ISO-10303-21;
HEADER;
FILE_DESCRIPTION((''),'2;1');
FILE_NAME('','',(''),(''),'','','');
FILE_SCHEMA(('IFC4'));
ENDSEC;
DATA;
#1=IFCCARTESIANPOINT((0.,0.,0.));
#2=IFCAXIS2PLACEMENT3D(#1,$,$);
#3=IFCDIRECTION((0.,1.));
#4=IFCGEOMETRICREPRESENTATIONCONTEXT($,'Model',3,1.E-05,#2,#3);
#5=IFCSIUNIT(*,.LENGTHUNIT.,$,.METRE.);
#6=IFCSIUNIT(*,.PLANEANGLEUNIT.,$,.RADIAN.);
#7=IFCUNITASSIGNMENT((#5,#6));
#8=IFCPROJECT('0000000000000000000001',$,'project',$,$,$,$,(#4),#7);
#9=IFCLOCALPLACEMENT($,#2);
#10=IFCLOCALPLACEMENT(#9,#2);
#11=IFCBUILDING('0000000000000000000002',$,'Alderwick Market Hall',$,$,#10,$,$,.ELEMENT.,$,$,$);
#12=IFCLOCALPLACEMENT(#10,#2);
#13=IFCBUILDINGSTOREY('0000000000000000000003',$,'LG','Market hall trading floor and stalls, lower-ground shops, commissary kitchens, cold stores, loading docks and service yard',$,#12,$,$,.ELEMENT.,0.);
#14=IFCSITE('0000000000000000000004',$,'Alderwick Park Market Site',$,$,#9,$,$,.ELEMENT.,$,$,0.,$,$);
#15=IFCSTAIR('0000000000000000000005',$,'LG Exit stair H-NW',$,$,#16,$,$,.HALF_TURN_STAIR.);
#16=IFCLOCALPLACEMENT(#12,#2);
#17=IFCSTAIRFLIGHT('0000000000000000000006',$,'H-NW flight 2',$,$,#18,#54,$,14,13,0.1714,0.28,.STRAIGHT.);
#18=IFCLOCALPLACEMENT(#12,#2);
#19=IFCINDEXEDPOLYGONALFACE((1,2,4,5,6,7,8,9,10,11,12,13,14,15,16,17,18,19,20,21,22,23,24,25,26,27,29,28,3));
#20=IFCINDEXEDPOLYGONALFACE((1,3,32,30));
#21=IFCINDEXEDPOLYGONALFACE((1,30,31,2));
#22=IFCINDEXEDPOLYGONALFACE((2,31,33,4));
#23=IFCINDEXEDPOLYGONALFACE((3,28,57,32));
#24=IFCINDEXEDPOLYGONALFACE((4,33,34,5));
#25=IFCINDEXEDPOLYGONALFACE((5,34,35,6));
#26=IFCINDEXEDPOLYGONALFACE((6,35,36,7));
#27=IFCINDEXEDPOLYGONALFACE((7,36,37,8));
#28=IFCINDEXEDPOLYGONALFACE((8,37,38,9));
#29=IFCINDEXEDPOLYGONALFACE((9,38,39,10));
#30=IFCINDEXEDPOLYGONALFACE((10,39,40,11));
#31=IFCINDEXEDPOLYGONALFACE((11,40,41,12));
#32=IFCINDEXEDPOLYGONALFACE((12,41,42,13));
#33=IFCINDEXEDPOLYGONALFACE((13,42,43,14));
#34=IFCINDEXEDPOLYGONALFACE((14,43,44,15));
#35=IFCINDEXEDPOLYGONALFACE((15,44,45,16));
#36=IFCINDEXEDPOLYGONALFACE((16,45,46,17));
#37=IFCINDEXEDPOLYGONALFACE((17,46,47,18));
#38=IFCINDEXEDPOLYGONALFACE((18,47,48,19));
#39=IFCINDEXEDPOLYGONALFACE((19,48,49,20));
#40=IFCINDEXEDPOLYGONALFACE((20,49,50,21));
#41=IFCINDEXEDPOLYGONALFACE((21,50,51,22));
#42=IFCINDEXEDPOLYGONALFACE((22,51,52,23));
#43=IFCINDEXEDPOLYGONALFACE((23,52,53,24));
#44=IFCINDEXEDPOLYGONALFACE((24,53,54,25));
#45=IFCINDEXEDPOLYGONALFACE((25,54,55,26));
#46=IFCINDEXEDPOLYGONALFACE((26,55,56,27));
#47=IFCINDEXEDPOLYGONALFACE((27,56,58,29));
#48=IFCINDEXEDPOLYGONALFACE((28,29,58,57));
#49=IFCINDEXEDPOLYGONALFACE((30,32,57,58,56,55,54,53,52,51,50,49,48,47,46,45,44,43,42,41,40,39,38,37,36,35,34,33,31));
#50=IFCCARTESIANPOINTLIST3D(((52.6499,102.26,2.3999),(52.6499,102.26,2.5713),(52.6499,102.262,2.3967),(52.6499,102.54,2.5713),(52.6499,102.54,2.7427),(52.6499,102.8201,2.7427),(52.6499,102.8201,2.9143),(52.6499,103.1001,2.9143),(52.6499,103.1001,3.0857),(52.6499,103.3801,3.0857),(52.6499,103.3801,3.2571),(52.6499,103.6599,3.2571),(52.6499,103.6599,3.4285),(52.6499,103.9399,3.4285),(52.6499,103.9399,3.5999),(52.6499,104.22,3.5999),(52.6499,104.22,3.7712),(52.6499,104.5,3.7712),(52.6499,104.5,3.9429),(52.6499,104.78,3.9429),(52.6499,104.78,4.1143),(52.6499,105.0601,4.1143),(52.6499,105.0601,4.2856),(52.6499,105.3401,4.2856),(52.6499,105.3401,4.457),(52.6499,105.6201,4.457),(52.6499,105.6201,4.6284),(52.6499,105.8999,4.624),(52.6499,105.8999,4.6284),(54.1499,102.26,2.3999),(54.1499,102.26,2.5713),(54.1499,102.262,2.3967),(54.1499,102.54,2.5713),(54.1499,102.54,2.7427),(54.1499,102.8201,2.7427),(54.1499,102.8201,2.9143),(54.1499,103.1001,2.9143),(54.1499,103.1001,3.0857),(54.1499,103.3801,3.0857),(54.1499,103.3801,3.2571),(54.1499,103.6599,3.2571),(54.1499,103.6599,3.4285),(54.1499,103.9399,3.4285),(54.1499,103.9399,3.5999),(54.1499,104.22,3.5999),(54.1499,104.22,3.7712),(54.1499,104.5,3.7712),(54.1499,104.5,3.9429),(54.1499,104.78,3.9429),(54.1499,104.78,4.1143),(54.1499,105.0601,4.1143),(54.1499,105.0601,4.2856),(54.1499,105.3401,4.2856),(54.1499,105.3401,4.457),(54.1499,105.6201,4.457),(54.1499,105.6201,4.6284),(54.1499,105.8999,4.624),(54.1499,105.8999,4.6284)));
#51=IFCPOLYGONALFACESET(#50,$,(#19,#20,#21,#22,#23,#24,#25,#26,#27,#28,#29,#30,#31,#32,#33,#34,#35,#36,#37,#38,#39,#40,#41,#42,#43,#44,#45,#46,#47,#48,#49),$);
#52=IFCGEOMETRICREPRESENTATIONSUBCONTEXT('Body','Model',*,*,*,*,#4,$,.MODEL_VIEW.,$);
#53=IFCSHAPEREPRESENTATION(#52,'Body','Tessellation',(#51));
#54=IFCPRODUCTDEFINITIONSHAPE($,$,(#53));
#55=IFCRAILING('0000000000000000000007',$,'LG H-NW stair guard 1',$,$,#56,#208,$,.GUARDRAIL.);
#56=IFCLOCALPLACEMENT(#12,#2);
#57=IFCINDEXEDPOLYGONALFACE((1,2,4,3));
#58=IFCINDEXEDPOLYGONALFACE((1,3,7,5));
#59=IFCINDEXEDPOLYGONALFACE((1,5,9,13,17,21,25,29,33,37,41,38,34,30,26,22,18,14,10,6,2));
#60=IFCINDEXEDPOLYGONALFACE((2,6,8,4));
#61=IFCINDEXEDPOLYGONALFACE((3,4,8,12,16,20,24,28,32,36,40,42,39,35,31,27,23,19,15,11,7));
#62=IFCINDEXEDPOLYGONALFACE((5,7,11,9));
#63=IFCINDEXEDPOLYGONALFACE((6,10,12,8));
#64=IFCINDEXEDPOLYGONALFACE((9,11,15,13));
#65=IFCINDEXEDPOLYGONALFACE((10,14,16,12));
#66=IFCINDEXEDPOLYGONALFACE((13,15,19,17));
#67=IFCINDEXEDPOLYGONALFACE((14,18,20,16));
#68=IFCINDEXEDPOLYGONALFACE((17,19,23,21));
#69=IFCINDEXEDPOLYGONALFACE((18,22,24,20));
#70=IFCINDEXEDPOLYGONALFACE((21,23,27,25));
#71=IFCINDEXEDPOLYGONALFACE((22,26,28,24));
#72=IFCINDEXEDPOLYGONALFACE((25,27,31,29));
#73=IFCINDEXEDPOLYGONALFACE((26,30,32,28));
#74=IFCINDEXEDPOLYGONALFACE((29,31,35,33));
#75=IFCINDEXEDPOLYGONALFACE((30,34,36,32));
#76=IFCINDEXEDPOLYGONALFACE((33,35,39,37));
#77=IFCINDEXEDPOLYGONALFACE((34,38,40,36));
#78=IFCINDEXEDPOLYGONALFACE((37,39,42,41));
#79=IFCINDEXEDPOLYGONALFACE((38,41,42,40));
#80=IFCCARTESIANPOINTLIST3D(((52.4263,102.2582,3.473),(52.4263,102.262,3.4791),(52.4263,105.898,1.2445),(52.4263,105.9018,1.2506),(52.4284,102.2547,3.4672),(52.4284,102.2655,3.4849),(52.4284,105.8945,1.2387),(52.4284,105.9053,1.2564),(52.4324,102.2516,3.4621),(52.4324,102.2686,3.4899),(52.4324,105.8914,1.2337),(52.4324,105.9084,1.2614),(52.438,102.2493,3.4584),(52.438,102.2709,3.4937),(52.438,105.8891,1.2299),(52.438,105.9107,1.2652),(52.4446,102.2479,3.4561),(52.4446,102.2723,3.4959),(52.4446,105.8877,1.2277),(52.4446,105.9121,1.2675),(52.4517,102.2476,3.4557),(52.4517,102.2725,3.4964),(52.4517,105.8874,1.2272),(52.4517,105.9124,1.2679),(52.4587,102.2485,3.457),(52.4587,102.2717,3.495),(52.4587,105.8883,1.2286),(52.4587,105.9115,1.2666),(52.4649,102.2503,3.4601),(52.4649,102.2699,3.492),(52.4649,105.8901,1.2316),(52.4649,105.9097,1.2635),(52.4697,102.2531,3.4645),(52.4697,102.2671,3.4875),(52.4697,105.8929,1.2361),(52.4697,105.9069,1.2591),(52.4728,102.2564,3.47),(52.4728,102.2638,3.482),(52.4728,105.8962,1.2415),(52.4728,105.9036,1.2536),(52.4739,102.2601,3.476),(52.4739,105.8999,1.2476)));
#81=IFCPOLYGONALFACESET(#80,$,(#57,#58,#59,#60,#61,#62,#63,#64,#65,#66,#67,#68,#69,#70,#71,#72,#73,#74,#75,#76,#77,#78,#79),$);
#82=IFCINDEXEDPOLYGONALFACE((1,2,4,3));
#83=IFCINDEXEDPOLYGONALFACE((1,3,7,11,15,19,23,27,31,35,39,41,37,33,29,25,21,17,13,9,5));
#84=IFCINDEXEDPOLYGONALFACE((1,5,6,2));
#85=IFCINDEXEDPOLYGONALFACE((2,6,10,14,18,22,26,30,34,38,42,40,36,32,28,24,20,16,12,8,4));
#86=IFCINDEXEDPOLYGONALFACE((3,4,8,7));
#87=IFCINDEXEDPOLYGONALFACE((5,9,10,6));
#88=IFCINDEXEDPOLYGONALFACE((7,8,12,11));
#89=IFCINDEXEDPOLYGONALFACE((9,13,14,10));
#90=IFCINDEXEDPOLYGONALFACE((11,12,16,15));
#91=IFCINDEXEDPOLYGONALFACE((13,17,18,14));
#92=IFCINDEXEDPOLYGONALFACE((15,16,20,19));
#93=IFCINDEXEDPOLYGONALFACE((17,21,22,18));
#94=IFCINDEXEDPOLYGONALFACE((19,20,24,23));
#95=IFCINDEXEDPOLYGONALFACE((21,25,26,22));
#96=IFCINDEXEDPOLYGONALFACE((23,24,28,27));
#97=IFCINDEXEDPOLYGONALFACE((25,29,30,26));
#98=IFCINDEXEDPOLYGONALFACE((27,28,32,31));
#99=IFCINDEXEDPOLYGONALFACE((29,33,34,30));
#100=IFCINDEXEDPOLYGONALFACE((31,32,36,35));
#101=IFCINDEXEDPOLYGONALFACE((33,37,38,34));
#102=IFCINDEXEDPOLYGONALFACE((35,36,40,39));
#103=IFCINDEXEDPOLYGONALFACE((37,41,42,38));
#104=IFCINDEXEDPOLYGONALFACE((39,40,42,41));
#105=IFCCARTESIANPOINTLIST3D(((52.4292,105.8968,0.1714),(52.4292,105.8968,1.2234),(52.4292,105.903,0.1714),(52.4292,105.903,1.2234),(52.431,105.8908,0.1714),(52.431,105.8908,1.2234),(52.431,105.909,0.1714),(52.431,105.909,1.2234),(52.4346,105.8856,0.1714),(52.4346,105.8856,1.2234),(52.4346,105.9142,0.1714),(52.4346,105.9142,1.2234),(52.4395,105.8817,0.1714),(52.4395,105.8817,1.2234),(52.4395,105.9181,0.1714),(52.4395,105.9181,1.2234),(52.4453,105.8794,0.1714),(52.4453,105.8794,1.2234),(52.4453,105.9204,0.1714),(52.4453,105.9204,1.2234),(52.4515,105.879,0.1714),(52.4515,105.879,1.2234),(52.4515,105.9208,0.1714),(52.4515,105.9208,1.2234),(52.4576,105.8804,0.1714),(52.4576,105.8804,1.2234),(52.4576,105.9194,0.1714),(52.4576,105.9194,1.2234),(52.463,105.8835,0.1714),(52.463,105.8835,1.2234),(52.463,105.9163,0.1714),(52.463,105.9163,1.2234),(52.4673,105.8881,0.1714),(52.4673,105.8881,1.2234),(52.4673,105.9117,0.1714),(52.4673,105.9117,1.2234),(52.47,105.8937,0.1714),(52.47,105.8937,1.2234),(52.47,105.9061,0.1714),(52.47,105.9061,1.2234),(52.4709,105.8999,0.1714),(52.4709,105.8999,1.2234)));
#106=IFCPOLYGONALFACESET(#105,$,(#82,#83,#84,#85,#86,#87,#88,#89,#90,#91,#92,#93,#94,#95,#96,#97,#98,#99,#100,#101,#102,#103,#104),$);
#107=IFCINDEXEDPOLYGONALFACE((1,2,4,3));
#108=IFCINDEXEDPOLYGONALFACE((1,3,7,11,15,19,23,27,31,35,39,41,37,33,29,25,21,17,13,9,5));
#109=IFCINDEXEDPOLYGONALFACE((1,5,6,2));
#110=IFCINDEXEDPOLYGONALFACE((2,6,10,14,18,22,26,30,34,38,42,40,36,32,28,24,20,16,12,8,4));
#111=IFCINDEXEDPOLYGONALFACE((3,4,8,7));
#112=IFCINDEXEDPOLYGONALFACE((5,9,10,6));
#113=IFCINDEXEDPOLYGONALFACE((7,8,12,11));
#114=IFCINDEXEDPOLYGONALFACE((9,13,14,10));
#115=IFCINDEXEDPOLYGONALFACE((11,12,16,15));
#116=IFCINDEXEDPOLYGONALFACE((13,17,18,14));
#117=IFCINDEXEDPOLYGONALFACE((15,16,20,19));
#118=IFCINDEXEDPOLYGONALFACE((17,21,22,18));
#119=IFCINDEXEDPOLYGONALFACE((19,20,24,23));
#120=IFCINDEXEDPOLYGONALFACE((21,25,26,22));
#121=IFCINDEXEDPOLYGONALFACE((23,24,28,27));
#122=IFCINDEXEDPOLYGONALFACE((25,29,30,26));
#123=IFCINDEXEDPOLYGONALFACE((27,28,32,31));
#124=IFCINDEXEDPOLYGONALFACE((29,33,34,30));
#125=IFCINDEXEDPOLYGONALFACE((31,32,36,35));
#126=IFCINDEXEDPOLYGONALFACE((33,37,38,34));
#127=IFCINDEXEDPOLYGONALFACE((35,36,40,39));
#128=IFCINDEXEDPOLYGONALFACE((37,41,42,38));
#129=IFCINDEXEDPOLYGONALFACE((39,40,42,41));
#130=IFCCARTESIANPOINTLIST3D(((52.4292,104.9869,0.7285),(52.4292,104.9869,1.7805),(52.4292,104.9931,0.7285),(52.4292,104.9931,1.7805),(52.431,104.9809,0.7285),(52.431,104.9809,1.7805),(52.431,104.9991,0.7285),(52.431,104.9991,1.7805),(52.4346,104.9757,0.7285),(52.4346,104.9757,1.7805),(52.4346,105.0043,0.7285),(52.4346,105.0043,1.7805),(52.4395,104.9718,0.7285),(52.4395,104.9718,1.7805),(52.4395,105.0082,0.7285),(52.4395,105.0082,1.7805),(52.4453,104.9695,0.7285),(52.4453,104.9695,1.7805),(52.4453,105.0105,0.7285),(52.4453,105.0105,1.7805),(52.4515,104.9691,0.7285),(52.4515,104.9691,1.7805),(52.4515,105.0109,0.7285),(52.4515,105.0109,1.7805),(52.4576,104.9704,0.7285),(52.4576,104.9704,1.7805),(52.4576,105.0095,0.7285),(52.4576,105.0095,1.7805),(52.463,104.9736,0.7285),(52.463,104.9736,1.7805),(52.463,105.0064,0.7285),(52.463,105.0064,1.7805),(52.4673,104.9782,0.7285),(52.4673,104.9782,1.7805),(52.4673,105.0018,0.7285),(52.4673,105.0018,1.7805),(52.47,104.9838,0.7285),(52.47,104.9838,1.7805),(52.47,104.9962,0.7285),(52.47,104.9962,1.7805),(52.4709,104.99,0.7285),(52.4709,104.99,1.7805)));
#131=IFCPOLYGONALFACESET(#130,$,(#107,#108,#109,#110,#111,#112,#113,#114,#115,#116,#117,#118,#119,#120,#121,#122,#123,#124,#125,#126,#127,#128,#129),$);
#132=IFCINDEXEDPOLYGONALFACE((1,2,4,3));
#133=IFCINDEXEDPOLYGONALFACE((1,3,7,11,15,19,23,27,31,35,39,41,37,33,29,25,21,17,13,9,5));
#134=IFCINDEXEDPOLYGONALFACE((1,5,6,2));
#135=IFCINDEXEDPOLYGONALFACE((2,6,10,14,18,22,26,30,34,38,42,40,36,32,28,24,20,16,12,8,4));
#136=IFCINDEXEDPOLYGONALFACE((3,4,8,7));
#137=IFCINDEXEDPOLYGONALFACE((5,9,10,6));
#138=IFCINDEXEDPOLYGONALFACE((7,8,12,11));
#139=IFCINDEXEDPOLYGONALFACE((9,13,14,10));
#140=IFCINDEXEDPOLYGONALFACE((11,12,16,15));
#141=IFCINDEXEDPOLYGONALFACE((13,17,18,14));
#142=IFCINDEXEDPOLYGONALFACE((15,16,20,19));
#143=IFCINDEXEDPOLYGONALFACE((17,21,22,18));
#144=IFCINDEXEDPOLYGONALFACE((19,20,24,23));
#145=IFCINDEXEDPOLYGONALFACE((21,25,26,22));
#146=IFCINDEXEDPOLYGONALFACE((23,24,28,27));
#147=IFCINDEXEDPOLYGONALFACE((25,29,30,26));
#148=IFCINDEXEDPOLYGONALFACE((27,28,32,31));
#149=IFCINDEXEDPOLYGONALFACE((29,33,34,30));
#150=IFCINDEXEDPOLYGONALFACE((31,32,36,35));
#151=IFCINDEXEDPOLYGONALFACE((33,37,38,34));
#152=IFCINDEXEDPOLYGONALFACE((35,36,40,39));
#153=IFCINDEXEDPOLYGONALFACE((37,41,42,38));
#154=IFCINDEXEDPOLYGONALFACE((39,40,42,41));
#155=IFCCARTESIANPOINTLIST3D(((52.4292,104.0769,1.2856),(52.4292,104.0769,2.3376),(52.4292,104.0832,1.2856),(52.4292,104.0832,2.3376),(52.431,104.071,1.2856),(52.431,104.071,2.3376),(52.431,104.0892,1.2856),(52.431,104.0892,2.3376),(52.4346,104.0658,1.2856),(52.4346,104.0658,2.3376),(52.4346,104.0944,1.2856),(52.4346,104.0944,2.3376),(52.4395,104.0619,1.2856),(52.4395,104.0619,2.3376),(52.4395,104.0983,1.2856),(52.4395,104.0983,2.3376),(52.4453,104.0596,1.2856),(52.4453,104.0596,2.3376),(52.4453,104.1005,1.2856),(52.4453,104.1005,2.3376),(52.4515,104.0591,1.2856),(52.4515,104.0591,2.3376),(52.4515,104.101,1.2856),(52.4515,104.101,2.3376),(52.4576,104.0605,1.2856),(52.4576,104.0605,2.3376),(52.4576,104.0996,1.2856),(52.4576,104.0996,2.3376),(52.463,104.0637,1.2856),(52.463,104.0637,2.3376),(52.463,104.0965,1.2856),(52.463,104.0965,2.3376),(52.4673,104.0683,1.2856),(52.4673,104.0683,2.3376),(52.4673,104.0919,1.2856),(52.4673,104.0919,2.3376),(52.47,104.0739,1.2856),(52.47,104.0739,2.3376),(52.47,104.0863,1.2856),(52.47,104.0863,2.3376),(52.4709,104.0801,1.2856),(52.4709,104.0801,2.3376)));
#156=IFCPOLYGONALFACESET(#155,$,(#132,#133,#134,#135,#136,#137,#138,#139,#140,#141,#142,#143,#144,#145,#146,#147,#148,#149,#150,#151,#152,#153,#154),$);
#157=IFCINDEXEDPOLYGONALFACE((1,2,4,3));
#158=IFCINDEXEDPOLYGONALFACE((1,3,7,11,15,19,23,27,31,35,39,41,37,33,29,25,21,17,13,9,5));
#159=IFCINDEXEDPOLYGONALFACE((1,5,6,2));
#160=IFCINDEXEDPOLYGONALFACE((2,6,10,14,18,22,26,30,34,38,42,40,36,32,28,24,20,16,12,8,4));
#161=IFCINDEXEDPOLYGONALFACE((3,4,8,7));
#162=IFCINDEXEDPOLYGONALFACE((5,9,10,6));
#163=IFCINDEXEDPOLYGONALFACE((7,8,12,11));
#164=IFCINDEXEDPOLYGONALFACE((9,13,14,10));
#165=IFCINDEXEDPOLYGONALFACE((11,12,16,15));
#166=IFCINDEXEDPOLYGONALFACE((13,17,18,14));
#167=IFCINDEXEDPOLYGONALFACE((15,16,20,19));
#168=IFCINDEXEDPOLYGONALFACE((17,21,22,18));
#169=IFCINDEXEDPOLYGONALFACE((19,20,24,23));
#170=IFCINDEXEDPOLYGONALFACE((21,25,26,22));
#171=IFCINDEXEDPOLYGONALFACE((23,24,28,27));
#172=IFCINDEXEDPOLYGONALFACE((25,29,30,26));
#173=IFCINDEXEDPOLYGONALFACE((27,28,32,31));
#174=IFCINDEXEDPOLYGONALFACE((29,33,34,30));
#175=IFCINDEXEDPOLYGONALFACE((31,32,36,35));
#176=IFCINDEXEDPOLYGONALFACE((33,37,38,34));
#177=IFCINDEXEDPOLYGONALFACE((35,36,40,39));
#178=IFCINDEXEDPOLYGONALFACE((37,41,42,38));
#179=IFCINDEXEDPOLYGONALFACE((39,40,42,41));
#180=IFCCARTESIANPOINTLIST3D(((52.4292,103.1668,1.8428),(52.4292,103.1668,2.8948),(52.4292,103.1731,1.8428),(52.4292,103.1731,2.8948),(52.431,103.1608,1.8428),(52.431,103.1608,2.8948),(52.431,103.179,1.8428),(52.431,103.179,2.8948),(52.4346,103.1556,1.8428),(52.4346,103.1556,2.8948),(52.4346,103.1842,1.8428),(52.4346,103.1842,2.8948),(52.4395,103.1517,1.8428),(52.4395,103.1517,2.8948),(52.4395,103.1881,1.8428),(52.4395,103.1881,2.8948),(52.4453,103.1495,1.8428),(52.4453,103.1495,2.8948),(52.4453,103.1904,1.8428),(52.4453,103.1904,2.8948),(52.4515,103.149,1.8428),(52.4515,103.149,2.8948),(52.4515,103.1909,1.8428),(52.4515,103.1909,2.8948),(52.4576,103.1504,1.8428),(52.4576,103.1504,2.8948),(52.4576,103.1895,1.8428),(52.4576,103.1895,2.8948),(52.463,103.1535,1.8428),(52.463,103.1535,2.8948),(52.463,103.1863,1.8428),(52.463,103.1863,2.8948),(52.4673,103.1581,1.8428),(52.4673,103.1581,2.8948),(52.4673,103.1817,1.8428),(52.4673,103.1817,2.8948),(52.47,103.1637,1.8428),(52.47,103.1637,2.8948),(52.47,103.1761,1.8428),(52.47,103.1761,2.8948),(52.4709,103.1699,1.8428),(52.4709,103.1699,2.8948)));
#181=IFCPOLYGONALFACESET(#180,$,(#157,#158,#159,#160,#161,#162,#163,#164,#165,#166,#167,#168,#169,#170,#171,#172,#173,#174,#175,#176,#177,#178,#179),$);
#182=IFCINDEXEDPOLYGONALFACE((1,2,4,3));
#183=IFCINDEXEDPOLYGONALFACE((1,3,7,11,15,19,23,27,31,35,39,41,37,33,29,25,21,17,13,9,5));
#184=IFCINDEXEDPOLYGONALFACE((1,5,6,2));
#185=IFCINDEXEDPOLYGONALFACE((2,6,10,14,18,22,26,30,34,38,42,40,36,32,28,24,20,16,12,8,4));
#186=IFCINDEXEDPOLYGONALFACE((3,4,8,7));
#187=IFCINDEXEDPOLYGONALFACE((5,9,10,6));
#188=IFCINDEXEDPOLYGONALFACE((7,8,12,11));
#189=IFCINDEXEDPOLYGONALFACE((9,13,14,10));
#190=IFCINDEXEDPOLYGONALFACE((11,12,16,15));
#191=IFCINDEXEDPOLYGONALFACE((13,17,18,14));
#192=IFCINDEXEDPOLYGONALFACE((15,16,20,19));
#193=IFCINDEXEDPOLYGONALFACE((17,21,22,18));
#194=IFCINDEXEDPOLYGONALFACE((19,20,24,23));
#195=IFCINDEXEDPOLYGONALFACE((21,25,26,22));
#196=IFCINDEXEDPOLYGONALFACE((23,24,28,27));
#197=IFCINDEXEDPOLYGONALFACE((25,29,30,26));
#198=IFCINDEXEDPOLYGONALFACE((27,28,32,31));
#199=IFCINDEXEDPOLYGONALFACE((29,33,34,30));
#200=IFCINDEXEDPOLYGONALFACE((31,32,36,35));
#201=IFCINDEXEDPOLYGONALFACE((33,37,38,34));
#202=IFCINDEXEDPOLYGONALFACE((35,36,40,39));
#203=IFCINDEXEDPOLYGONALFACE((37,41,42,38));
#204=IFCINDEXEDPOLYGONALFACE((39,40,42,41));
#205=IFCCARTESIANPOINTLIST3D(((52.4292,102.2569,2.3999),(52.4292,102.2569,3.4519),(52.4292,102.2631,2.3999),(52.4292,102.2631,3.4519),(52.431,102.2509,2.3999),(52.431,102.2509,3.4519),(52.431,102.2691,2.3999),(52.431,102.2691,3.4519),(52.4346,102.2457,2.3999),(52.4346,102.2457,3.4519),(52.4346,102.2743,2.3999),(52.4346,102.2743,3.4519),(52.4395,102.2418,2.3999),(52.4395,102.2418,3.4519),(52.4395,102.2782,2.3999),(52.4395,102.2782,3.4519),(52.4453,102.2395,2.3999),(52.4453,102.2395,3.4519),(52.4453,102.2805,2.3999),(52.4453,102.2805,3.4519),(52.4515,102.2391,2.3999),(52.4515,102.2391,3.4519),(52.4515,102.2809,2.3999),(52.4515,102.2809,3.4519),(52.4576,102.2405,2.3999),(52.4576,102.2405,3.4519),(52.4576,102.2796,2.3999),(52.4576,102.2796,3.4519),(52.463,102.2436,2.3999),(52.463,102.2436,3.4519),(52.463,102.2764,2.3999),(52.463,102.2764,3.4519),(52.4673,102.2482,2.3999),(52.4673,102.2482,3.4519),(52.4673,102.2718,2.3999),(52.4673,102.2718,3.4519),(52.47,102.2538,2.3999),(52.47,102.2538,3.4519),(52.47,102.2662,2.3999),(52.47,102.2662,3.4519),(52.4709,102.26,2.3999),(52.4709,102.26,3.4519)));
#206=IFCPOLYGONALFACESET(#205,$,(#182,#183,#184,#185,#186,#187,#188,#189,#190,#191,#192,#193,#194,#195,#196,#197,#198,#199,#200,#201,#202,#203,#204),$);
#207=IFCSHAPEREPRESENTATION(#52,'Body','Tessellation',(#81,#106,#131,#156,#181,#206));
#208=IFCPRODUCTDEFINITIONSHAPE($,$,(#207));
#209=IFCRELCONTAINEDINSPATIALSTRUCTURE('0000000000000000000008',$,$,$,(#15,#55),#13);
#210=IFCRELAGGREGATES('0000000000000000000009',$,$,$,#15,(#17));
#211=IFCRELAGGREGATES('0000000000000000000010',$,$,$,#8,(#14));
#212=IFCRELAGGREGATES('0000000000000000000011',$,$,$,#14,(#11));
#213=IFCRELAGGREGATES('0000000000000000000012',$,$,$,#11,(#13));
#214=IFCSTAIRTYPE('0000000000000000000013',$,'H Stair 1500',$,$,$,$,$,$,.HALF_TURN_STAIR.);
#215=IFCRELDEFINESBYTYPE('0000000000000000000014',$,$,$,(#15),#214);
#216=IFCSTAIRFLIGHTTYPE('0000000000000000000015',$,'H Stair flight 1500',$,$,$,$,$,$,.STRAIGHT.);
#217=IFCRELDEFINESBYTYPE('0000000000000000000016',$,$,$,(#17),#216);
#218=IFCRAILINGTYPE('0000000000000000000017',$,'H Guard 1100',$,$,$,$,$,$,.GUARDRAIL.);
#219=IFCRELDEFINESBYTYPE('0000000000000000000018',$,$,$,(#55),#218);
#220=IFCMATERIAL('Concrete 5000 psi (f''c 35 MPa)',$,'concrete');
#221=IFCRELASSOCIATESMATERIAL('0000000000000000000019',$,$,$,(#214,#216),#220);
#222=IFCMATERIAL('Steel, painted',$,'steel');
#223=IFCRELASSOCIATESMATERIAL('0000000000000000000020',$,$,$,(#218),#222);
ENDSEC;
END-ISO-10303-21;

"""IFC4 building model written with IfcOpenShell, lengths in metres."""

from ifc_helpers import new_model, si_unit, direction, frame, origin, origin_2d, place, context, subcontext, project, spatial, polyline, circle, outline, extrude, material, type_object, element, aggregate, save


model = new_model("IFC4")

# Units and contexts
model_context = context("Model", 3, precision=1e-05, world=origin(), true_north=direction((0.0, 1.0)))
body_context = subcontext(model_context, "Body", "Model", "MODEL_VIEW")
ifc_project = project(units=[si_unit("LENGTHUNIT", "METRE"), si_unit("PLANEANGLEUNIT", "RADIAN")], contexts=[model_context])

# Site, building, storey
site_placement = place(None, origin())
site = spatial("IfcSite", under=ifc_project, at=site_placement, Name="Alderwick Park Market Site", CompositionType="ELEMENT", RefElevation=0.0)
building_placement = place(site_placement, origin())
building = spatial("IfcBuilding", under=site, at=building_placement, Name="Alderwick Market Hall", CompositionType="ELEMENT")
storey_placement = place(building_placement, origin())
storey = spatial("IfcBuildingStorey", under=building, at=storey_placement, Name="LG", Description="Market hall trading floor and stalls, lower-ground shops, commissary kitchens, cold stores, loading docks and service yard", CompositionType="ELEMENT", Elevation=0.0)

# Shared definitions
ifc_material_1 = material(Name="Concrete 5000 psi (f'c 35 MPa)", Category="concrete")

# Stair, stair flight
stair_type = type_object("IfcStairType", Name="H Stair 1500", PredefinedType="HALF_TURN_STAIR", material=ifc_material_1)
stair_placement = place(storey_placement, origin())
stair = element("IfcStair", 1, at=stair_placement, inside=storey, type_object=stair_type, Name="LG Exit stair H-NW", PredefinedType="HALF_TURN_STAIR")
stair_flight_type = type_object("IfcStairFlightType", Name="H Stair flight 1500", PredefinedType="STRAIGHT", material=ifc_material_1)
stair_flight_1_placement = place(storey_placement, frame((53.3999, 102.26, 2.3999), z_axis=(0.0, 0.0, 1.0), x_axis=(0.0, 1.0, 0.0)))
stair_flight_1 = element("IfcStairFlight", 2, at=stair_flight_1_placement, type_object=stair_flight_type, Name="H-NW flight 2", NumberOfRisers=14, NumberOfTreads=13, PredefinedType="STRAIGHT", RiserHeight=0.1714, TreadLength=0.28, context=body_context, shape_type="SweptSolid", body=[
    extrude(outline(polyline([(0.002, -0.0032), (0.0, 0.0), (0.0, 0.1714), (0.28, 0.1714), (0.28, 0.3428), (0.5601, 0.3428), (0.5601, 0.5144), (0.8401, 0.5144), (0.8401, 0.6858), (1.1201, 0.6858), (1.1201, 0.8572), (1.3999, 0.8572), (1.3999, 1.0286), (1.6799, 1.0286), (1.6799, 1.2), (1.96, 1.2), (1.96, 1.3713), (2.24, 1.3713), (2.24, 1.543), (2.52, 1.543), (2.52, 1.7144), (2.8, 1.7144), (2.8, 1.8857), (3.0801, 1.8857), (3.0801, 2.0571), (3.3601, 2.0571), (3.3601, 2.2285), (3.6399, 2.2285), (3.6399, 2.2241), (0.002, -0.0032)])), frame((0.0, 0.75, 0.0), z_axis=(0.0, -1.0, 0.0), x_axis=(1.0, 0.0, 0.0)), (0.0, 0.0, 1.0), 1.5),
])
aggregate(stair, [stair_flight_1])

# Railing
ifc_material_2 = material(Name="Steel, painted", Category="steel")
railing_type_1 = type_object("IfcRailingType", Name="H Guard 1100", PredefinedType="GUARDRAIL", material=ifc_material_2)
railing_1_placement = place(storey_placement, frame((52.45, 105.8999, 0.1714)))
element("IfcRailing", 3, at=railing_1_placement, inside=storey, type_object=railing_type_1, Name="LG H-NW stair guard 1", PredefinedType="GUARDRAIL", context=body_context, shape_type="SweptSolid", body=[
    extrude(circle(Radius=0.0239, at=origin_2d()), frame((0.0, 0.0, 1.0762), z_axis=(0.0, -0.85285, 0.522156), x_axis=(1.0, 0.0, 0.0)), (0.0, 0.0, 1.0), 4.2678),
    extrude(circle(Radius=0.021, at=origin_2d()), origin(), (0.0, 0.0, 1.0), 1.052),
    extrude(circle(Radius=0.021, at=origin_2d()), frame((0.0, -0.9099, 0.5571)), (0.0, 0.0, 1.0), 1.052),
    extrude(circle(Radius=0.021, at=origin_2d()), frame((0.0, -1.8198, 1.1143)), (0.0, 0.0, 1.0), 1.052),
    extrude(circle(Radius=0.021, at=origin_2d()), frame((0.0, -2.73, 1.6714)), (0.0, 0.0, 1.0), 1.052),
    extrude(circle(Radius=0.021, at=origin_2d()), frame((0.0, -3.6399, 2.2285)), (0.0, 0.0, 1.0), 1.052),
])

save(model, "model.ifc")
